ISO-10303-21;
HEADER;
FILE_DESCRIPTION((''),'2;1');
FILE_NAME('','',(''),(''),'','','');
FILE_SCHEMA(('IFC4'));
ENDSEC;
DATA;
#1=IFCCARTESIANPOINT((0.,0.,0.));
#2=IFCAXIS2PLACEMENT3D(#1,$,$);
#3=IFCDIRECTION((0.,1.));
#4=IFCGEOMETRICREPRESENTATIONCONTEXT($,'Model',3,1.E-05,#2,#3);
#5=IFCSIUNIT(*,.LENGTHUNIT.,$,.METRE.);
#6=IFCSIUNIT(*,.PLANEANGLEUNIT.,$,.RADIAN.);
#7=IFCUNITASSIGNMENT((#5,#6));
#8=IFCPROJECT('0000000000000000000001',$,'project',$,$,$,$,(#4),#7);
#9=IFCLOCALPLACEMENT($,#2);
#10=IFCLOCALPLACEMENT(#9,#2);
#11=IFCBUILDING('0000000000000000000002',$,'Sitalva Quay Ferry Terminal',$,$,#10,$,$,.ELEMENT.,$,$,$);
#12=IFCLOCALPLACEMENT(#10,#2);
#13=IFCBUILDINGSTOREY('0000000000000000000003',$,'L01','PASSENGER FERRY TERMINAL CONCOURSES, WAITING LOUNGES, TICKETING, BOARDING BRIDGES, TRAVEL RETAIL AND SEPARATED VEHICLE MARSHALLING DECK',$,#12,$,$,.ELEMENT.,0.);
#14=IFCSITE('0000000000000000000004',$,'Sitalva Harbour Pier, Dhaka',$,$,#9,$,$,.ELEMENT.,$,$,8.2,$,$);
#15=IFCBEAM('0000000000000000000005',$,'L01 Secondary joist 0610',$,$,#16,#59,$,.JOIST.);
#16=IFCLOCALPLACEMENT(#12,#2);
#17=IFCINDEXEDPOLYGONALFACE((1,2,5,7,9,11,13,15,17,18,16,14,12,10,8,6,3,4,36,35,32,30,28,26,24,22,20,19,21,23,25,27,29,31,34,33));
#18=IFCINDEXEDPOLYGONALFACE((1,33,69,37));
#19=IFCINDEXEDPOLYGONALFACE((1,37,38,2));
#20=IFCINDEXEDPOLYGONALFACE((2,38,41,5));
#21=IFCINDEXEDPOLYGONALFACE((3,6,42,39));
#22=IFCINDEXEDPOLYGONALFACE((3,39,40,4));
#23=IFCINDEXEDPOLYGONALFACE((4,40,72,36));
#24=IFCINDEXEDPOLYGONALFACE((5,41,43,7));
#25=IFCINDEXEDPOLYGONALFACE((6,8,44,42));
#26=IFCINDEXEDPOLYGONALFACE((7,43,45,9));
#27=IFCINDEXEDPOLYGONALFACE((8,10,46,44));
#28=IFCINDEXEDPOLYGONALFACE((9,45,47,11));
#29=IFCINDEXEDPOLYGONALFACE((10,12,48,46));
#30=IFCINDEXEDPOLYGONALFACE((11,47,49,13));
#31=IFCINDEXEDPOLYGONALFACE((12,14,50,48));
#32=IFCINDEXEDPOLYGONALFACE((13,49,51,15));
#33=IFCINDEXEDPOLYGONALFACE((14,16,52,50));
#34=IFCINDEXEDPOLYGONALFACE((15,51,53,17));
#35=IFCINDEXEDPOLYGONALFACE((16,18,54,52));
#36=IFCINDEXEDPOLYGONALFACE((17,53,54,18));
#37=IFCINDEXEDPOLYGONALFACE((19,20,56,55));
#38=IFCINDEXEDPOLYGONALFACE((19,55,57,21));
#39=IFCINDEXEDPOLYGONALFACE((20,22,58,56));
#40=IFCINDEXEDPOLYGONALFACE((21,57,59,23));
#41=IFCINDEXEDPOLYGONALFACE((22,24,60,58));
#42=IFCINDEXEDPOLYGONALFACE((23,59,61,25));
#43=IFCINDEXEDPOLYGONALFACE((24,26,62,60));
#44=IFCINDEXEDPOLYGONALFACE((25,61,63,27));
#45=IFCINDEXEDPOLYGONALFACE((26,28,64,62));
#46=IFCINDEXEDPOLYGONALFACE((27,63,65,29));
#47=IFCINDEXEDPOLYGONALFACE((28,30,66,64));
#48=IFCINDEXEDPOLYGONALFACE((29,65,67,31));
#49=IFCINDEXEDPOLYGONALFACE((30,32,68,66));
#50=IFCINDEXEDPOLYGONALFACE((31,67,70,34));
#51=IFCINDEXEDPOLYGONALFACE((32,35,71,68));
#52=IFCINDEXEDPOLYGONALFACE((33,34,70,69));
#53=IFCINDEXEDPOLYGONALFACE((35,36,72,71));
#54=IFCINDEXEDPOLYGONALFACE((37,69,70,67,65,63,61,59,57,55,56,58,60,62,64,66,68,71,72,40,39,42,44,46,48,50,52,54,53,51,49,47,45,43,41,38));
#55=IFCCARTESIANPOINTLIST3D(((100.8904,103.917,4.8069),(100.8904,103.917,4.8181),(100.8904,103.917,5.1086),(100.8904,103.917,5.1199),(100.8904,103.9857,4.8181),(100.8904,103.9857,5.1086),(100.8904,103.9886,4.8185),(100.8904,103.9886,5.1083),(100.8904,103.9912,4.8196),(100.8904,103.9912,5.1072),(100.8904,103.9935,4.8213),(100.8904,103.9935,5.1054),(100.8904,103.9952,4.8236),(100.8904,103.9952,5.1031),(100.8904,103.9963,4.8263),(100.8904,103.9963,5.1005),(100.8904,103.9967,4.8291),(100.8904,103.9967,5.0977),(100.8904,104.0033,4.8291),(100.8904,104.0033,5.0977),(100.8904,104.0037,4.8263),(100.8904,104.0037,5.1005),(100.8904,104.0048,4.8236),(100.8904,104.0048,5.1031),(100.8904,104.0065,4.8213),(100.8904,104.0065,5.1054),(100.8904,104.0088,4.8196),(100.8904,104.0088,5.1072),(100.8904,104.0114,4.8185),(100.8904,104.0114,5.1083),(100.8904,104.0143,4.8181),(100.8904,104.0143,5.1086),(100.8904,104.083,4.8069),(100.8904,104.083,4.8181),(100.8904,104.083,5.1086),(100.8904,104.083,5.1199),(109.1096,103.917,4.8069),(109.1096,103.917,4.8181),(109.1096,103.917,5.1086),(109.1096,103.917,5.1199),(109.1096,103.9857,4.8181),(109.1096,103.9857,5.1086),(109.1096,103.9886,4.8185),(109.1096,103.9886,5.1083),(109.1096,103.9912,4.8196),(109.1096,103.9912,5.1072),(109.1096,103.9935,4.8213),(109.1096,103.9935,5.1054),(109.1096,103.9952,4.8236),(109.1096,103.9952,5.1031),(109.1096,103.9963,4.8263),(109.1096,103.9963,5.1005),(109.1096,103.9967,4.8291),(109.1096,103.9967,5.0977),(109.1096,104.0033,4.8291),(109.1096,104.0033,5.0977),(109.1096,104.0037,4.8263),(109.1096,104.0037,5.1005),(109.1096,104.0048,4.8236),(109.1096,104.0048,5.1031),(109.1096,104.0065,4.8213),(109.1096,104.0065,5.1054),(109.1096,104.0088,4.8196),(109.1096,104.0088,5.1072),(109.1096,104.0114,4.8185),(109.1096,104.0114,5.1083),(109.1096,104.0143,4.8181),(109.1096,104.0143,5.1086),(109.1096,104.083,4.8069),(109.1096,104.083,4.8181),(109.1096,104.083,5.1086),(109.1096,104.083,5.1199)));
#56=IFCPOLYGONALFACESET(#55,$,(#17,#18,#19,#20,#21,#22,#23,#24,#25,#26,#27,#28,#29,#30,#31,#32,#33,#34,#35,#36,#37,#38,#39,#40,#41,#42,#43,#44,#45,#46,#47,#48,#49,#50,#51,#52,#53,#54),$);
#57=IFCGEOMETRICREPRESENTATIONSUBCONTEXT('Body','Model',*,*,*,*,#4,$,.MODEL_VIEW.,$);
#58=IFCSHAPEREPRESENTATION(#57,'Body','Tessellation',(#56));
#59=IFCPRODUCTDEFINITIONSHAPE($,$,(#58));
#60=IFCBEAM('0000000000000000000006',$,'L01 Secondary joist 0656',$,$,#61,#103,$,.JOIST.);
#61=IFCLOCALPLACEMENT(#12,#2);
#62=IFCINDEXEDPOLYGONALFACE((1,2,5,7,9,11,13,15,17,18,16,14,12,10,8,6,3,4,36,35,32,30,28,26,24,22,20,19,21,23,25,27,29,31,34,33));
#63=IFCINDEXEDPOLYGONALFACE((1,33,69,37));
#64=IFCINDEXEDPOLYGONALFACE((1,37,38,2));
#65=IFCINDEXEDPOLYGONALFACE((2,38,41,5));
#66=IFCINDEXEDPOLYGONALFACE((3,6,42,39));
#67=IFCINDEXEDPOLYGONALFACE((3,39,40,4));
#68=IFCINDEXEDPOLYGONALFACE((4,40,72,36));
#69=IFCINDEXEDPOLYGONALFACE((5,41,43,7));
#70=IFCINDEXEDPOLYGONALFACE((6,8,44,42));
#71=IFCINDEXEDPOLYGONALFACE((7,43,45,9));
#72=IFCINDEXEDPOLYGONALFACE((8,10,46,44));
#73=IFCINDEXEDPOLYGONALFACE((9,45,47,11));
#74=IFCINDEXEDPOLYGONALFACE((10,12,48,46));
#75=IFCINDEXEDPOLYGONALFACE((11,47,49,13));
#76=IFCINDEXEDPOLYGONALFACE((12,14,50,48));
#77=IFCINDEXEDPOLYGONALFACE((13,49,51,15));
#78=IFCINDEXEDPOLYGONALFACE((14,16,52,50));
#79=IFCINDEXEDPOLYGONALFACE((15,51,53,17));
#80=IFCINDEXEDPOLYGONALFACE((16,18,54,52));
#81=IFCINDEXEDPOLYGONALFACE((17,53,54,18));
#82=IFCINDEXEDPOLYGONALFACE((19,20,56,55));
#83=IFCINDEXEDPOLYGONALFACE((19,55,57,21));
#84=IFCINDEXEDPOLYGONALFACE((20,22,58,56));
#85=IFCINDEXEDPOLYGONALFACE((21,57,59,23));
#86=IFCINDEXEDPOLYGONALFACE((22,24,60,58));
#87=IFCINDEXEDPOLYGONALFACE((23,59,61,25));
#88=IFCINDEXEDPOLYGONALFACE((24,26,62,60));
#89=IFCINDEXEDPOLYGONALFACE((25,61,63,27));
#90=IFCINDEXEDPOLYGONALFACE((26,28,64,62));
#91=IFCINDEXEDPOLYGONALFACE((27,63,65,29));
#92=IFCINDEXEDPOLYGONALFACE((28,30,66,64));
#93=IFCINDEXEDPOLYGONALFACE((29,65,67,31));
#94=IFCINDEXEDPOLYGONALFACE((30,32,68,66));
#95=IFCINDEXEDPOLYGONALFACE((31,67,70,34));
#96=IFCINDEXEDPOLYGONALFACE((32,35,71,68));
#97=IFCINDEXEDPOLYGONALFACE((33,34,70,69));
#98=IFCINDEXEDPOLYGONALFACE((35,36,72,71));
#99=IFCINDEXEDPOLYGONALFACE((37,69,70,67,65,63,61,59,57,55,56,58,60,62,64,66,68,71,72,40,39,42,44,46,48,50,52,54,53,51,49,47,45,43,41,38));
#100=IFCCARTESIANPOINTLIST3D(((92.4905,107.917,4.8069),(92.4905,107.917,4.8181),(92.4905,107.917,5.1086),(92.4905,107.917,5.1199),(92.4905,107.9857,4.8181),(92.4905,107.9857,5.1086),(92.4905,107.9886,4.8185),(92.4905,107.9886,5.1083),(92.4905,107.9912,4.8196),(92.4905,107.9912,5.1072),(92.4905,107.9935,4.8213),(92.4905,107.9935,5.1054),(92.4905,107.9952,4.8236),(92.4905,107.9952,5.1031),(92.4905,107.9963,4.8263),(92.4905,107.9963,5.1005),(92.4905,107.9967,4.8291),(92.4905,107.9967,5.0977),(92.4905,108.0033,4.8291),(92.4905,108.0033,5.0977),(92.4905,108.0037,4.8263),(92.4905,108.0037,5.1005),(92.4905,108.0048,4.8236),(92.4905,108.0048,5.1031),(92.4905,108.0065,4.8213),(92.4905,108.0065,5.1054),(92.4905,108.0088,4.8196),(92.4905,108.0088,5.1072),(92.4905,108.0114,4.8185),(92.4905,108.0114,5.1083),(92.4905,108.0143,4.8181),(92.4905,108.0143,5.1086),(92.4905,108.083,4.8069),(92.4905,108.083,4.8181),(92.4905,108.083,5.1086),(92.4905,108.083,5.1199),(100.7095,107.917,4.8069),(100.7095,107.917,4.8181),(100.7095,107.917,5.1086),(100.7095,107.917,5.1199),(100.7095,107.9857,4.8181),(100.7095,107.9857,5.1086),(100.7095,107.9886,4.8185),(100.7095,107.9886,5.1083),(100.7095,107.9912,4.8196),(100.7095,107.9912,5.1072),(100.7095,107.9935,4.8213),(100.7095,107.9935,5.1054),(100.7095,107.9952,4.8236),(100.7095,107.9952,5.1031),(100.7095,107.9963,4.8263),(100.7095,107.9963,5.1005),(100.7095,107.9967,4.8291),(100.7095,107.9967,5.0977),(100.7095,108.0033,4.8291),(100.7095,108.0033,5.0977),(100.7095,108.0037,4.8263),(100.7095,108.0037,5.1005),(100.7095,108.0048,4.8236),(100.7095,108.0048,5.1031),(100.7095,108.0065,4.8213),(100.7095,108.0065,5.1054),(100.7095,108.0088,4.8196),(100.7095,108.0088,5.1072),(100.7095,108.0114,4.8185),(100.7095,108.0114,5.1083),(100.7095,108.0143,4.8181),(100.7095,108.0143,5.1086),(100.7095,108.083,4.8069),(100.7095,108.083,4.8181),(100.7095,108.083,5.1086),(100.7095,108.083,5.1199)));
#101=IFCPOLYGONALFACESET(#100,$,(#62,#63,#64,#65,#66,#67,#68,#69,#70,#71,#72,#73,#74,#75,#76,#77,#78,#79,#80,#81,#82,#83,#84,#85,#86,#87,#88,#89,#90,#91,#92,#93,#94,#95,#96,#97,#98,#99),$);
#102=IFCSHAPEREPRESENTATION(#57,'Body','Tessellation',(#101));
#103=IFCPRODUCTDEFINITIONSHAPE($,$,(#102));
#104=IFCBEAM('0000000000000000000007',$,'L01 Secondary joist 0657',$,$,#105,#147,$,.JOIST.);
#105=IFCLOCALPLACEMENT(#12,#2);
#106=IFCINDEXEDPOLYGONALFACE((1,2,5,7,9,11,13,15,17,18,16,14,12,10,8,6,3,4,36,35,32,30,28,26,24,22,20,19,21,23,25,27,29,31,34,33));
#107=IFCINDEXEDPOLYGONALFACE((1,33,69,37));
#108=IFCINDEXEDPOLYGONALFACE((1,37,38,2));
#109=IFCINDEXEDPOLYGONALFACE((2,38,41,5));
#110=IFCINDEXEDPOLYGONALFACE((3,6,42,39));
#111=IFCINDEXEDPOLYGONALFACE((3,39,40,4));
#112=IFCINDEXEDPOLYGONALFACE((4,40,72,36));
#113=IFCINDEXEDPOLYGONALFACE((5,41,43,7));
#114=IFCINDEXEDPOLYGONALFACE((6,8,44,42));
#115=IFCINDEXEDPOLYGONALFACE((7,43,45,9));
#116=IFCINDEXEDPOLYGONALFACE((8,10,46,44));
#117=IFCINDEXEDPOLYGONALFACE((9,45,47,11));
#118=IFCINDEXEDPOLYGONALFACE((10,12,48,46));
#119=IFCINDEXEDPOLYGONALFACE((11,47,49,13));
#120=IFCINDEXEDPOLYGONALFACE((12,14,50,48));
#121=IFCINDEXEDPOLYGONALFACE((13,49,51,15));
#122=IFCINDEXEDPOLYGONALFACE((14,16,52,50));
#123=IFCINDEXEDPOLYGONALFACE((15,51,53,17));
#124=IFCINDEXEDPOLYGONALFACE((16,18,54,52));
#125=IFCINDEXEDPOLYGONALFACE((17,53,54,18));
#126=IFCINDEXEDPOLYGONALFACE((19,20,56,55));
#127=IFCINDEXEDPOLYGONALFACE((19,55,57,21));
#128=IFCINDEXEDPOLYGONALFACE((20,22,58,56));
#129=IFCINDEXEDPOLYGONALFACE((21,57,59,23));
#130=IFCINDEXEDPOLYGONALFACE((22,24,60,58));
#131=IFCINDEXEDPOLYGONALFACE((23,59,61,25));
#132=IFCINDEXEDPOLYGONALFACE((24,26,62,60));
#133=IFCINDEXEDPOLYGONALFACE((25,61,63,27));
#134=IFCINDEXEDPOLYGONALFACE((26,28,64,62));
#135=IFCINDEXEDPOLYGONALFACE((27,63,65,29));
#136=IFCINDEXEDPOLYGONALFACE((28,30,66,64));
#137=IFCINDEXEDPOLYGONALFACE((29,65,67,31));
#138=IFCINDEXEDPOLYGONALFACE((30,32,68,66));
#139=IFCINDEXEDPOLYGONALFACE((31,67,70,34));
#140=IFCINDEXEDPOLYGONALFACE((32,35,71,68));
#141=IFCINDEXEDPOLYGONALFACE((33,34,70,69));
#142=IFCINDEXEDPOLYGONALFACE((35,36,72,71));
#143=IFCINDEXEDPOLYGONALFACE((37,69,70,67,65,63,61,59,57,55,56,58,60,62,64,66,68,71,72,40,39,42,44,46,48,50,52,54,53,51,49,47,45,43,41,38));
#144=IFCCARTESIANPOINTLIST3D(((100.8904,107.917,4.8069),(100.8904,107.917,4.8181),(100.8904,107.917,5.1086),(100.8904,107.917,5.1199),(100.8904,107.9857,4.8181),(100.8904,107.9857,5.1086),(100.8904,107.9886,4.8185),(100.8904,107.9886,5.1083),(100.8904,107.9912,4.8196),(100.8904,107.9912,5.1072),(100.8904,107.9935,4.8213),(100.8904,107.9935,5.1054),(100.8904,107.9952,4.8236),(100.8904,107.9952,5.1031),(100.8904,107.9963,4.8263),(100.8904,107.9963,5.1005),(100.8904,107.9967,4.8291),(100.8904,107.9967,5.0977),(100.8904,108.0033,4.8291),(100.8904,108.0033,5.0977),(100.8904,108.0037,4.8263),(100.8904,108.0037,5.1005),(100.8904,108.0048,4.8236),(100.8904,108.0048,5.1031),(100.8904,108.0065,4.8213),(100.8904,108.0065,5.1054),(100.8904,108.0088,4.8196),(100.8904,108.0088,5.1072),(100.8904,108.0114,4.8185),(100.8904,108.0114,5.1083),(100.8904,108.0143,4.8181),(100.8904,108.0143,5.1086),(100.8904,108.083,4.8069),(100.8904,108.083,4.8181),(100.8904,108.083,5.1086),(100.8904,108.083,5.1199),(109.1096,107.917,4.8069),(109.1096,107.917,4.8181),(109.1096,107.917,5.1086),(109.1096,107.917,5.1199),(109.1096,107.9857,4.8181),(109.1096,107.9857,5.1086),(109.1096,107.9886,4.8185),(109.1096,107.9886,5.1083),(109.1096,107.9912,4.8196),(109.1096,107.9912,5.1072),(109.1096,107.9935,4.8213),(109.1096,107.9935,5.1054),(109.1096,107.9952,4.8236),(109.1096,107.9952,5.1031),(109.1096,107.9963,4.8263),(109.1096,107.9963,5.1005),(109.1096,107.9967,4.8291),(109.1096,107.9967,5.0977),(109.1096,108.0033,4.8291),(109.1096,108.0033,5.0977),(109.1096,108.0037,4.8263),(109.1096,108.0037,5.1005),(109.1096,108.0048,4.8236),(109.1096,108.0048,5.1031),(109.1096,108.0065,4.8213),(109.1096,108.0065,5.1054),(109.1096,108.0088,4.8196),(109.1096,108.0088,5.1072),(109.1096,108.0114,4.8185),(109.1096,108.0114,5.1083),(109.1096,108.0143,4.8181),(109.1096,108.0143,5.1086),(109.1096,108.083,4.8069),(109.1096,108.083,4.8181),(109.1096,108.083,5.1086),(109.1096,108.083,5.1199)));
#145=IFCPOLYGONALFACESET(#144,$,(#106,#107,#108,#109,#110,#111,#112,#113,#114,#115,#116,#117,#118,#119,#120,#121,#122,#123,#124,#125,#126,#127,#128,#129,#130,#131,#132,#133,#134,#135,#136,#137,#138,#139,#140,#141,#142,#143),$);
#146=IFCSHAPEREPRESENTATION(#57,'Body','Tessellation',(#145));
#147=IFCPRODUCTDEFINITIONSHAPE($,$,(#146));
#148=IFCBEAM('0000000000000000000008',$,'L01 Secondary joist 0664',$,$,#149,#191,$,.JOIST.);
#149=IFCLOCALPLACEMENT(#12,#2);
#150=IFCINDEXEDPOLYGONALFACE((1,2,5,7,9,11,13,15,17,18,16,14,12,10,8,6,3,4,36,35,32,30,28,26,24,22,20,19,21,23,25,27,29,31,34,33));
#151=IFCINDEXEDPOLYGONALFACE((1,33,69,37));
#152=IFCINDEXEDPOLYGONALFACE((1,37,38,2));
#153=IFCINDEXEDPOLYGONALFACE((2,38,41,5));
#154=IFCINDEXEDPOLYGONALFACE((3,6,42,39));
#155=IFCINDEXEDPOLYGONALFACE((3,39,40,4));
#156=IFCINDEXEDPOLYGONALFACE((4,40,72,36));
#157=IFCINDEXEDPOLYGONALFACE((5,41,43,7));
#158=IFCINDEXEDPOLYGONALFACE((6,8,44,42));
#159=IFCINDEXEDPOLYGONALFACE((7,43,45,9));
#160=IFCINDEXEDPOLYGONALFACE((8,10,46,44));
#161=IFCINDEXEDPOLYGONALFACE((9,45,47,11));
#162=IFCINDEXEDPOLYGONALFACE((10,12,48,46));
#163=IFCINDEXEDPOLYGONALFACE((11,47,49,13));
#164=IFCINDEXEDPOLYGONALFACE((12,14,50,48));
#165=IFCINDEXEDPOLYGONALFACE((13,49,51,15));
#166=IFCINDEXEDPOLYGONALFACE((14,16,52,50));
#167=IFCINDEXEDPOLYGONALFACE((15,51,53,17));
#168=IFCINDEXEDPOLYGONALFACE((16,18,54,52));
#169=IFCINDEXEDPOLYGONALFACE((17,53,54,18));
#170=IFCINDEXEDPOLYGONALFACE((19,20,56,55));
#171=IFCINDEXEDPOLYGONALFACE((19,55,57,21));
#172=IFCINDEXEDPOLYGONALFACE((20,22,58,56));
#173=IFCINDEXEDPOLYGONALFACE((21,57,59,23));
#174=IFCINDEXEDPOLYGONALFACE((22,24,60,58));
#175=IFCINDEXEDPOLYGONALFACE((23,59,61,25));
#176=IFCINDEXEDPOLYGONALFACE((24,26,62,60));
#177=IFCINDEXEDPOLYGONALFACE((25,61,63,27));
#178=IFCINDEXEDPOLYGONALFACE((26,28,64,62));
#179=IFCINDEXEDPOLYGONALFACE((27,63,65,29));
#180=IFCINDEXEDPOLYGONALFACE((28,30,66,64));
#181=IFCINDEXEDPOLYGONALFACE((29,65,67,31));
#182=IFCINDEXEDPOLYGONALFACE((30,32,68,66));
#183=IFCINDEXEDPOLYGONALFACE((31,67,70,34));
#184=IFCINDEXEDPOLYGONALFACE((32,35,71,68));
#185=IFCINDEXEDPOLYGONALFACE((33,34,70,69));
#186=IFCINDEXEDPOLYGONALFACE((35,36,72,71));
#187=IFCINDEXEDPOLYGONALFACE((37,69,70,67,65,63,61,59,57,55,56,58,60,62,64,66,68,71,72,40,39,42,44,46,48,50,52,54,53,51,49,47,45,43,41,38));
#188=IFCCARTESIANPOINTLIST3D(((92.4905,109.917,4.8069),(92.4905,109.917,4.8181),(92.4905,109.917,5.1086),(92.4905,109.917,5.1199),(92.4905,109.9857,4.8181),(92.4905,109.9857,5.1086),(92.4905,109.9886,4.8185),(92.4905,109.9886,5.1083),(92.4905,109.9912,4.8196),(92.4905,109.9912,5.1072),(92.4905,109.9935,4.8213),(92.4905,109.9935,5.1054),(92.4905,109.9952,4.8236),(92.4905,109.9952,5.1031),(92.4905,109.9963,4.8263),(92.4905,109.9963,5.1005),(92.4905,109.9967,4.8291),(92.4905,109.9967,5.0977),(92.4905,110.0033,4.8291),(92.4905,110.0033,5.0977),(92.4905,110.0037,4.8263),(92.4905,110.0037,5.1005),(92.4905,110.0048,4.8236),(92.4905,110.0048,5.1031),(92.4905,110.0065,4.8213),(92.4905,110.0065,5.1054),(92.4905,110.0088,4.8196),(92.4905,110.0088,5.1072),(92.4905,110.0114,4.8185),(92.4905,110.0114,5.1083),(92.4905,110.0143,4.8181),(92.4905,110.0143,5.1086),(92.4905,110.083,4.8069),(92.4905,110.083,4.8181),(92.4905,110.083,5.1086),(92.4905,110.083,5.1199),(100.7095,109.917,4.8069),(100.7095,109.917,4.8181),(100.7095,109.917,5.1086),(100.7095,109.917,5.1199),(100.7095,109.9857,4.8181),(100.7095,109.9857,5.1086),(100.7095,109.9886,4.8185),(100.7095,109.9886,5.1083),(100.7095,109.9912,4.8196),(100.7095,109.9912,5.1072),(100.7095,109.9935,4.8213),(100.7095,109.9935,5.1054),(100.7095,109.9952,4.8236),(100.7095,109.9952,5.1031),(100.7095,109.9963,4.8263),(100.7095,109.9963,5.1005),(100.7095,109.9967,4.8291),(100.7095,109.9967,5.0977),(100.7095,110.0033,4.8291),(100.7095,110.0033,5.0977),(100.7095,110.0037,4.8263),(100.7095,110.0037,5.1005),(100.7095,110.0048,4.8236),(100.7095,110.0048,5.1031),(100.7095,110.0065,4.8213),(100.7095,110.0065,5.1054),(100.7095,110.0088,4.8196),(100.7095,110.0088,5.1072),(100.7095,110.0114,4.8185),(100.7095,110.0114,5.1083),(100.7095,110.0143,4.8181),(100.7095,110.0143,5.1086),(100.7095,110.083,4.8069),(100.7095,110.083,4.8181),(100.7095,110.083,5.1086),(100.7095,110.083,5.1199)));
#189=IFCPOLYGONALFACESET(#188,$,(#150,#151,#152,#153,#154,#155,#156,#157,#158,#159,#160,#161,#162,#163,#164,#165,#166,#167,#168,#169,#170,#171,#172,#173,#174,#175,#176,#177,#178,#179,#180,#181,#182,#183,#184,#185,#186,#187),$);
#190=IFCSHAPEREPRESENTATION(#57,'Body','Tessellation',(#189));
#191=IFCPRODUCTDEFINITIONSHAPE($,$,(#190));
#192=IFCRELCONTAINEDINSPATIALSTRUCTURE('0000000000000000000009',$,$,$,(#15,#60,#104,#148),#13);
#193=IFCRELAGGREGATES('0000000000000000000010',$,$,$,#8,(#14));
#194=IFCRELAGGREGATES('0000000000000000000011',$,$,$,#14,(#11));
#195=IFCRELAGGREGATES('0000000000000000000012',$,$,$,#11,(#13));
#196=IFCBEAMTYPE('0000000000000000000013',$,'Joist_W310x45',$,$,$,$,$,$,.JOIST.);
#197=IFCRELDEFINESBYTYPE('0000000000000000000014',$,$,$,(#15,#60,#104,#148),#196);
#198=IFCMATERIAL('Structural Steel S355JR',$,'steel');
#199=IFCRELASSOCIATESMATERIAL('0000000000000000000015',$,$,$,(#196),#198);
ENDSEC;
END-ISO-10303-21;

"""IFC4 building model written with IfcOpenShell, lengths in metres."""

from ifc_helpers import new_model, si_unit, direction, frame, origin, origin_2d, place, context, subcontext, project, spatial, i_section, extrude, material, material_profile, profile_set, type_object, element, save


model = new_model("IFC4")

# Units and contexts
model_context = context("Model", 3, precision=1e-05, world=origin(), true_north=direction((0.0, 1.0)))
body_context = subcontext(model_context, "Body", "Model", "MODEL_VIEW")
ifc_project = project(units=[si_unit("LENGTHUNIT", "METRE"), si_unit("PLANEANGLEUNIT", "RADIAN")], contexts=[model_context])

# Site, building, storey
site_placement = place(None, origin())
site = spatial("IfcSite", under=ifc_project, at=site_placement, Name="Sitalva Harbour Pier, Dhaka", CompositionType="ELEMENT", RefElevation=8.2)
building_placement = place(site_placement, origin())
building = spatial("IfcBuilding", under=site, at=building_placement, Name="Sitalva Quay Ferry Terminal", CompositionType="ELEMENT")
storey_placement = place(building_placement, origin())
storey = spatial("IfcBuildingStorey", under=building, at=storey_placement, Name="L01", Description="PASSENGER FERRY TERMINAL CONCOURSES, WAITING LOUNGES, TICKETING, BOARDING BRIDGES, TRAVEL RETAIL AND SEPARATED VEHICLE MARSHALLING DECK", CompositionType="ELEMENT", Elevation=0.0)

# Beams
ifc_material_1 = material(Name="Structural Steel S355JR", Category="steel")
ifc_material_profile_1 = material_profile(ifc_material_1, i_section(OverallWidth=0.166, OverallDepth=0.313, WebThickness=0.0066, FlangeThickness=0.0112, FilletRadius=0.011, at=origin_2d()), Name="W310x45")
ifc_profile_set_1 = profile_set([ifc_material_profile_1], Name="Structural Steel S355JR")
beam_type_1 = type_object("IfcBeamType", Name="Joist_W310x45", PredefinedType="JOIST", material=ifc_profile_set_1)
beam_1_placement = place(storey_placement, frame((100.8904, 104.0, 4.9634), z_axis=(1.0, 0.0, 0.0), x_axis=(0.0, 1.0, 0.0)))
element("IfcBeam", 1, at=beam_1_placement, inside=storey, type_object=beam_type_1, Name="L01 Secondary joist 0610", PredefinedType="JOIST", context=body_context, shape_type="SweptSolid", body=[
    extrude(i_section(OverallWidth=0.166, OverallDepth=0.313, WebThickness=0.0066, FlangeThickness=0.0112, FilletRadius=0.011, at=origin_2d()), origin(), (0.0, 0.0, 1.0), 8.2192),
])
beam_2_placement = place(storey_placement, frame((92.4905, 108.0, 4.9634), z_axis=(1.0, 0.0, 0.0), x_axis=(0.0, 1.0, 0.0)))
element("IfcBeam", 2, at=beam_2_placement, inside=storey, type_object=beam_type_1, Name="L01 Secondary joist 0656", PredefinedType="JOIST", context=body_context, shape_type="SweptSolid", body=[
    extrude(i_section(OverallWidth=0.166, OverallDepth=0.313, WebThickness=0.0066, FlangeThickness=0.0112, FilletRadius=0.011, at=origin_2d()), origin(), (0.0, 0.0, 1.0), 8.219),
])
beam_3_placement = place(storey_placement, frame((100.8904, 108.0, 4.9634), z_axis=(1.0, 0.0, 0.0), x_axis=(0.0, 1.0, 0.0)))
element("IfcBeam", 3, at=beam_3_placement, inside=storey, type_object=beam_type_1, Name="L01 Secondary joist 0657", PredefinedType="JOIST", context=body_context, shape_type="SweptSolid", body=[
    extrude(i_section(OverallWidth=0.166, OverallDepth=0.313, WebThickness=0.0066, FlangeThickness=0.0112, FilletRadius=0.011, at=origin_2d()), origin(), (0.0, 0.0, 1.0), 8.2192),
])
beam_4_placement = place(storey_placement, frame((92.4905, 110.0, 4.9634), z_axis=(1.0, 0.0, 0.0), x_axis=(0.0, 1.0, 0.0)))
element("IfcBeam", 4, at=beam_4_placement, inside=storey, type_object=beam_type_1, Name="L01 Secondary joist 0664", PredefinedType="JOIST", context=body_context, shape_type="SweptSolid", body=[
    extrude(i_section(OverallWidth=0.166, OverallDepth=0.313, WebThickness=0.0066, FlangeThickness=0.0112, FilletRadius=0.011, at=origin_2d()), origin(), (0.0, 0.0, 1.0), 8.219),
])

save(model, "model.ifc")
